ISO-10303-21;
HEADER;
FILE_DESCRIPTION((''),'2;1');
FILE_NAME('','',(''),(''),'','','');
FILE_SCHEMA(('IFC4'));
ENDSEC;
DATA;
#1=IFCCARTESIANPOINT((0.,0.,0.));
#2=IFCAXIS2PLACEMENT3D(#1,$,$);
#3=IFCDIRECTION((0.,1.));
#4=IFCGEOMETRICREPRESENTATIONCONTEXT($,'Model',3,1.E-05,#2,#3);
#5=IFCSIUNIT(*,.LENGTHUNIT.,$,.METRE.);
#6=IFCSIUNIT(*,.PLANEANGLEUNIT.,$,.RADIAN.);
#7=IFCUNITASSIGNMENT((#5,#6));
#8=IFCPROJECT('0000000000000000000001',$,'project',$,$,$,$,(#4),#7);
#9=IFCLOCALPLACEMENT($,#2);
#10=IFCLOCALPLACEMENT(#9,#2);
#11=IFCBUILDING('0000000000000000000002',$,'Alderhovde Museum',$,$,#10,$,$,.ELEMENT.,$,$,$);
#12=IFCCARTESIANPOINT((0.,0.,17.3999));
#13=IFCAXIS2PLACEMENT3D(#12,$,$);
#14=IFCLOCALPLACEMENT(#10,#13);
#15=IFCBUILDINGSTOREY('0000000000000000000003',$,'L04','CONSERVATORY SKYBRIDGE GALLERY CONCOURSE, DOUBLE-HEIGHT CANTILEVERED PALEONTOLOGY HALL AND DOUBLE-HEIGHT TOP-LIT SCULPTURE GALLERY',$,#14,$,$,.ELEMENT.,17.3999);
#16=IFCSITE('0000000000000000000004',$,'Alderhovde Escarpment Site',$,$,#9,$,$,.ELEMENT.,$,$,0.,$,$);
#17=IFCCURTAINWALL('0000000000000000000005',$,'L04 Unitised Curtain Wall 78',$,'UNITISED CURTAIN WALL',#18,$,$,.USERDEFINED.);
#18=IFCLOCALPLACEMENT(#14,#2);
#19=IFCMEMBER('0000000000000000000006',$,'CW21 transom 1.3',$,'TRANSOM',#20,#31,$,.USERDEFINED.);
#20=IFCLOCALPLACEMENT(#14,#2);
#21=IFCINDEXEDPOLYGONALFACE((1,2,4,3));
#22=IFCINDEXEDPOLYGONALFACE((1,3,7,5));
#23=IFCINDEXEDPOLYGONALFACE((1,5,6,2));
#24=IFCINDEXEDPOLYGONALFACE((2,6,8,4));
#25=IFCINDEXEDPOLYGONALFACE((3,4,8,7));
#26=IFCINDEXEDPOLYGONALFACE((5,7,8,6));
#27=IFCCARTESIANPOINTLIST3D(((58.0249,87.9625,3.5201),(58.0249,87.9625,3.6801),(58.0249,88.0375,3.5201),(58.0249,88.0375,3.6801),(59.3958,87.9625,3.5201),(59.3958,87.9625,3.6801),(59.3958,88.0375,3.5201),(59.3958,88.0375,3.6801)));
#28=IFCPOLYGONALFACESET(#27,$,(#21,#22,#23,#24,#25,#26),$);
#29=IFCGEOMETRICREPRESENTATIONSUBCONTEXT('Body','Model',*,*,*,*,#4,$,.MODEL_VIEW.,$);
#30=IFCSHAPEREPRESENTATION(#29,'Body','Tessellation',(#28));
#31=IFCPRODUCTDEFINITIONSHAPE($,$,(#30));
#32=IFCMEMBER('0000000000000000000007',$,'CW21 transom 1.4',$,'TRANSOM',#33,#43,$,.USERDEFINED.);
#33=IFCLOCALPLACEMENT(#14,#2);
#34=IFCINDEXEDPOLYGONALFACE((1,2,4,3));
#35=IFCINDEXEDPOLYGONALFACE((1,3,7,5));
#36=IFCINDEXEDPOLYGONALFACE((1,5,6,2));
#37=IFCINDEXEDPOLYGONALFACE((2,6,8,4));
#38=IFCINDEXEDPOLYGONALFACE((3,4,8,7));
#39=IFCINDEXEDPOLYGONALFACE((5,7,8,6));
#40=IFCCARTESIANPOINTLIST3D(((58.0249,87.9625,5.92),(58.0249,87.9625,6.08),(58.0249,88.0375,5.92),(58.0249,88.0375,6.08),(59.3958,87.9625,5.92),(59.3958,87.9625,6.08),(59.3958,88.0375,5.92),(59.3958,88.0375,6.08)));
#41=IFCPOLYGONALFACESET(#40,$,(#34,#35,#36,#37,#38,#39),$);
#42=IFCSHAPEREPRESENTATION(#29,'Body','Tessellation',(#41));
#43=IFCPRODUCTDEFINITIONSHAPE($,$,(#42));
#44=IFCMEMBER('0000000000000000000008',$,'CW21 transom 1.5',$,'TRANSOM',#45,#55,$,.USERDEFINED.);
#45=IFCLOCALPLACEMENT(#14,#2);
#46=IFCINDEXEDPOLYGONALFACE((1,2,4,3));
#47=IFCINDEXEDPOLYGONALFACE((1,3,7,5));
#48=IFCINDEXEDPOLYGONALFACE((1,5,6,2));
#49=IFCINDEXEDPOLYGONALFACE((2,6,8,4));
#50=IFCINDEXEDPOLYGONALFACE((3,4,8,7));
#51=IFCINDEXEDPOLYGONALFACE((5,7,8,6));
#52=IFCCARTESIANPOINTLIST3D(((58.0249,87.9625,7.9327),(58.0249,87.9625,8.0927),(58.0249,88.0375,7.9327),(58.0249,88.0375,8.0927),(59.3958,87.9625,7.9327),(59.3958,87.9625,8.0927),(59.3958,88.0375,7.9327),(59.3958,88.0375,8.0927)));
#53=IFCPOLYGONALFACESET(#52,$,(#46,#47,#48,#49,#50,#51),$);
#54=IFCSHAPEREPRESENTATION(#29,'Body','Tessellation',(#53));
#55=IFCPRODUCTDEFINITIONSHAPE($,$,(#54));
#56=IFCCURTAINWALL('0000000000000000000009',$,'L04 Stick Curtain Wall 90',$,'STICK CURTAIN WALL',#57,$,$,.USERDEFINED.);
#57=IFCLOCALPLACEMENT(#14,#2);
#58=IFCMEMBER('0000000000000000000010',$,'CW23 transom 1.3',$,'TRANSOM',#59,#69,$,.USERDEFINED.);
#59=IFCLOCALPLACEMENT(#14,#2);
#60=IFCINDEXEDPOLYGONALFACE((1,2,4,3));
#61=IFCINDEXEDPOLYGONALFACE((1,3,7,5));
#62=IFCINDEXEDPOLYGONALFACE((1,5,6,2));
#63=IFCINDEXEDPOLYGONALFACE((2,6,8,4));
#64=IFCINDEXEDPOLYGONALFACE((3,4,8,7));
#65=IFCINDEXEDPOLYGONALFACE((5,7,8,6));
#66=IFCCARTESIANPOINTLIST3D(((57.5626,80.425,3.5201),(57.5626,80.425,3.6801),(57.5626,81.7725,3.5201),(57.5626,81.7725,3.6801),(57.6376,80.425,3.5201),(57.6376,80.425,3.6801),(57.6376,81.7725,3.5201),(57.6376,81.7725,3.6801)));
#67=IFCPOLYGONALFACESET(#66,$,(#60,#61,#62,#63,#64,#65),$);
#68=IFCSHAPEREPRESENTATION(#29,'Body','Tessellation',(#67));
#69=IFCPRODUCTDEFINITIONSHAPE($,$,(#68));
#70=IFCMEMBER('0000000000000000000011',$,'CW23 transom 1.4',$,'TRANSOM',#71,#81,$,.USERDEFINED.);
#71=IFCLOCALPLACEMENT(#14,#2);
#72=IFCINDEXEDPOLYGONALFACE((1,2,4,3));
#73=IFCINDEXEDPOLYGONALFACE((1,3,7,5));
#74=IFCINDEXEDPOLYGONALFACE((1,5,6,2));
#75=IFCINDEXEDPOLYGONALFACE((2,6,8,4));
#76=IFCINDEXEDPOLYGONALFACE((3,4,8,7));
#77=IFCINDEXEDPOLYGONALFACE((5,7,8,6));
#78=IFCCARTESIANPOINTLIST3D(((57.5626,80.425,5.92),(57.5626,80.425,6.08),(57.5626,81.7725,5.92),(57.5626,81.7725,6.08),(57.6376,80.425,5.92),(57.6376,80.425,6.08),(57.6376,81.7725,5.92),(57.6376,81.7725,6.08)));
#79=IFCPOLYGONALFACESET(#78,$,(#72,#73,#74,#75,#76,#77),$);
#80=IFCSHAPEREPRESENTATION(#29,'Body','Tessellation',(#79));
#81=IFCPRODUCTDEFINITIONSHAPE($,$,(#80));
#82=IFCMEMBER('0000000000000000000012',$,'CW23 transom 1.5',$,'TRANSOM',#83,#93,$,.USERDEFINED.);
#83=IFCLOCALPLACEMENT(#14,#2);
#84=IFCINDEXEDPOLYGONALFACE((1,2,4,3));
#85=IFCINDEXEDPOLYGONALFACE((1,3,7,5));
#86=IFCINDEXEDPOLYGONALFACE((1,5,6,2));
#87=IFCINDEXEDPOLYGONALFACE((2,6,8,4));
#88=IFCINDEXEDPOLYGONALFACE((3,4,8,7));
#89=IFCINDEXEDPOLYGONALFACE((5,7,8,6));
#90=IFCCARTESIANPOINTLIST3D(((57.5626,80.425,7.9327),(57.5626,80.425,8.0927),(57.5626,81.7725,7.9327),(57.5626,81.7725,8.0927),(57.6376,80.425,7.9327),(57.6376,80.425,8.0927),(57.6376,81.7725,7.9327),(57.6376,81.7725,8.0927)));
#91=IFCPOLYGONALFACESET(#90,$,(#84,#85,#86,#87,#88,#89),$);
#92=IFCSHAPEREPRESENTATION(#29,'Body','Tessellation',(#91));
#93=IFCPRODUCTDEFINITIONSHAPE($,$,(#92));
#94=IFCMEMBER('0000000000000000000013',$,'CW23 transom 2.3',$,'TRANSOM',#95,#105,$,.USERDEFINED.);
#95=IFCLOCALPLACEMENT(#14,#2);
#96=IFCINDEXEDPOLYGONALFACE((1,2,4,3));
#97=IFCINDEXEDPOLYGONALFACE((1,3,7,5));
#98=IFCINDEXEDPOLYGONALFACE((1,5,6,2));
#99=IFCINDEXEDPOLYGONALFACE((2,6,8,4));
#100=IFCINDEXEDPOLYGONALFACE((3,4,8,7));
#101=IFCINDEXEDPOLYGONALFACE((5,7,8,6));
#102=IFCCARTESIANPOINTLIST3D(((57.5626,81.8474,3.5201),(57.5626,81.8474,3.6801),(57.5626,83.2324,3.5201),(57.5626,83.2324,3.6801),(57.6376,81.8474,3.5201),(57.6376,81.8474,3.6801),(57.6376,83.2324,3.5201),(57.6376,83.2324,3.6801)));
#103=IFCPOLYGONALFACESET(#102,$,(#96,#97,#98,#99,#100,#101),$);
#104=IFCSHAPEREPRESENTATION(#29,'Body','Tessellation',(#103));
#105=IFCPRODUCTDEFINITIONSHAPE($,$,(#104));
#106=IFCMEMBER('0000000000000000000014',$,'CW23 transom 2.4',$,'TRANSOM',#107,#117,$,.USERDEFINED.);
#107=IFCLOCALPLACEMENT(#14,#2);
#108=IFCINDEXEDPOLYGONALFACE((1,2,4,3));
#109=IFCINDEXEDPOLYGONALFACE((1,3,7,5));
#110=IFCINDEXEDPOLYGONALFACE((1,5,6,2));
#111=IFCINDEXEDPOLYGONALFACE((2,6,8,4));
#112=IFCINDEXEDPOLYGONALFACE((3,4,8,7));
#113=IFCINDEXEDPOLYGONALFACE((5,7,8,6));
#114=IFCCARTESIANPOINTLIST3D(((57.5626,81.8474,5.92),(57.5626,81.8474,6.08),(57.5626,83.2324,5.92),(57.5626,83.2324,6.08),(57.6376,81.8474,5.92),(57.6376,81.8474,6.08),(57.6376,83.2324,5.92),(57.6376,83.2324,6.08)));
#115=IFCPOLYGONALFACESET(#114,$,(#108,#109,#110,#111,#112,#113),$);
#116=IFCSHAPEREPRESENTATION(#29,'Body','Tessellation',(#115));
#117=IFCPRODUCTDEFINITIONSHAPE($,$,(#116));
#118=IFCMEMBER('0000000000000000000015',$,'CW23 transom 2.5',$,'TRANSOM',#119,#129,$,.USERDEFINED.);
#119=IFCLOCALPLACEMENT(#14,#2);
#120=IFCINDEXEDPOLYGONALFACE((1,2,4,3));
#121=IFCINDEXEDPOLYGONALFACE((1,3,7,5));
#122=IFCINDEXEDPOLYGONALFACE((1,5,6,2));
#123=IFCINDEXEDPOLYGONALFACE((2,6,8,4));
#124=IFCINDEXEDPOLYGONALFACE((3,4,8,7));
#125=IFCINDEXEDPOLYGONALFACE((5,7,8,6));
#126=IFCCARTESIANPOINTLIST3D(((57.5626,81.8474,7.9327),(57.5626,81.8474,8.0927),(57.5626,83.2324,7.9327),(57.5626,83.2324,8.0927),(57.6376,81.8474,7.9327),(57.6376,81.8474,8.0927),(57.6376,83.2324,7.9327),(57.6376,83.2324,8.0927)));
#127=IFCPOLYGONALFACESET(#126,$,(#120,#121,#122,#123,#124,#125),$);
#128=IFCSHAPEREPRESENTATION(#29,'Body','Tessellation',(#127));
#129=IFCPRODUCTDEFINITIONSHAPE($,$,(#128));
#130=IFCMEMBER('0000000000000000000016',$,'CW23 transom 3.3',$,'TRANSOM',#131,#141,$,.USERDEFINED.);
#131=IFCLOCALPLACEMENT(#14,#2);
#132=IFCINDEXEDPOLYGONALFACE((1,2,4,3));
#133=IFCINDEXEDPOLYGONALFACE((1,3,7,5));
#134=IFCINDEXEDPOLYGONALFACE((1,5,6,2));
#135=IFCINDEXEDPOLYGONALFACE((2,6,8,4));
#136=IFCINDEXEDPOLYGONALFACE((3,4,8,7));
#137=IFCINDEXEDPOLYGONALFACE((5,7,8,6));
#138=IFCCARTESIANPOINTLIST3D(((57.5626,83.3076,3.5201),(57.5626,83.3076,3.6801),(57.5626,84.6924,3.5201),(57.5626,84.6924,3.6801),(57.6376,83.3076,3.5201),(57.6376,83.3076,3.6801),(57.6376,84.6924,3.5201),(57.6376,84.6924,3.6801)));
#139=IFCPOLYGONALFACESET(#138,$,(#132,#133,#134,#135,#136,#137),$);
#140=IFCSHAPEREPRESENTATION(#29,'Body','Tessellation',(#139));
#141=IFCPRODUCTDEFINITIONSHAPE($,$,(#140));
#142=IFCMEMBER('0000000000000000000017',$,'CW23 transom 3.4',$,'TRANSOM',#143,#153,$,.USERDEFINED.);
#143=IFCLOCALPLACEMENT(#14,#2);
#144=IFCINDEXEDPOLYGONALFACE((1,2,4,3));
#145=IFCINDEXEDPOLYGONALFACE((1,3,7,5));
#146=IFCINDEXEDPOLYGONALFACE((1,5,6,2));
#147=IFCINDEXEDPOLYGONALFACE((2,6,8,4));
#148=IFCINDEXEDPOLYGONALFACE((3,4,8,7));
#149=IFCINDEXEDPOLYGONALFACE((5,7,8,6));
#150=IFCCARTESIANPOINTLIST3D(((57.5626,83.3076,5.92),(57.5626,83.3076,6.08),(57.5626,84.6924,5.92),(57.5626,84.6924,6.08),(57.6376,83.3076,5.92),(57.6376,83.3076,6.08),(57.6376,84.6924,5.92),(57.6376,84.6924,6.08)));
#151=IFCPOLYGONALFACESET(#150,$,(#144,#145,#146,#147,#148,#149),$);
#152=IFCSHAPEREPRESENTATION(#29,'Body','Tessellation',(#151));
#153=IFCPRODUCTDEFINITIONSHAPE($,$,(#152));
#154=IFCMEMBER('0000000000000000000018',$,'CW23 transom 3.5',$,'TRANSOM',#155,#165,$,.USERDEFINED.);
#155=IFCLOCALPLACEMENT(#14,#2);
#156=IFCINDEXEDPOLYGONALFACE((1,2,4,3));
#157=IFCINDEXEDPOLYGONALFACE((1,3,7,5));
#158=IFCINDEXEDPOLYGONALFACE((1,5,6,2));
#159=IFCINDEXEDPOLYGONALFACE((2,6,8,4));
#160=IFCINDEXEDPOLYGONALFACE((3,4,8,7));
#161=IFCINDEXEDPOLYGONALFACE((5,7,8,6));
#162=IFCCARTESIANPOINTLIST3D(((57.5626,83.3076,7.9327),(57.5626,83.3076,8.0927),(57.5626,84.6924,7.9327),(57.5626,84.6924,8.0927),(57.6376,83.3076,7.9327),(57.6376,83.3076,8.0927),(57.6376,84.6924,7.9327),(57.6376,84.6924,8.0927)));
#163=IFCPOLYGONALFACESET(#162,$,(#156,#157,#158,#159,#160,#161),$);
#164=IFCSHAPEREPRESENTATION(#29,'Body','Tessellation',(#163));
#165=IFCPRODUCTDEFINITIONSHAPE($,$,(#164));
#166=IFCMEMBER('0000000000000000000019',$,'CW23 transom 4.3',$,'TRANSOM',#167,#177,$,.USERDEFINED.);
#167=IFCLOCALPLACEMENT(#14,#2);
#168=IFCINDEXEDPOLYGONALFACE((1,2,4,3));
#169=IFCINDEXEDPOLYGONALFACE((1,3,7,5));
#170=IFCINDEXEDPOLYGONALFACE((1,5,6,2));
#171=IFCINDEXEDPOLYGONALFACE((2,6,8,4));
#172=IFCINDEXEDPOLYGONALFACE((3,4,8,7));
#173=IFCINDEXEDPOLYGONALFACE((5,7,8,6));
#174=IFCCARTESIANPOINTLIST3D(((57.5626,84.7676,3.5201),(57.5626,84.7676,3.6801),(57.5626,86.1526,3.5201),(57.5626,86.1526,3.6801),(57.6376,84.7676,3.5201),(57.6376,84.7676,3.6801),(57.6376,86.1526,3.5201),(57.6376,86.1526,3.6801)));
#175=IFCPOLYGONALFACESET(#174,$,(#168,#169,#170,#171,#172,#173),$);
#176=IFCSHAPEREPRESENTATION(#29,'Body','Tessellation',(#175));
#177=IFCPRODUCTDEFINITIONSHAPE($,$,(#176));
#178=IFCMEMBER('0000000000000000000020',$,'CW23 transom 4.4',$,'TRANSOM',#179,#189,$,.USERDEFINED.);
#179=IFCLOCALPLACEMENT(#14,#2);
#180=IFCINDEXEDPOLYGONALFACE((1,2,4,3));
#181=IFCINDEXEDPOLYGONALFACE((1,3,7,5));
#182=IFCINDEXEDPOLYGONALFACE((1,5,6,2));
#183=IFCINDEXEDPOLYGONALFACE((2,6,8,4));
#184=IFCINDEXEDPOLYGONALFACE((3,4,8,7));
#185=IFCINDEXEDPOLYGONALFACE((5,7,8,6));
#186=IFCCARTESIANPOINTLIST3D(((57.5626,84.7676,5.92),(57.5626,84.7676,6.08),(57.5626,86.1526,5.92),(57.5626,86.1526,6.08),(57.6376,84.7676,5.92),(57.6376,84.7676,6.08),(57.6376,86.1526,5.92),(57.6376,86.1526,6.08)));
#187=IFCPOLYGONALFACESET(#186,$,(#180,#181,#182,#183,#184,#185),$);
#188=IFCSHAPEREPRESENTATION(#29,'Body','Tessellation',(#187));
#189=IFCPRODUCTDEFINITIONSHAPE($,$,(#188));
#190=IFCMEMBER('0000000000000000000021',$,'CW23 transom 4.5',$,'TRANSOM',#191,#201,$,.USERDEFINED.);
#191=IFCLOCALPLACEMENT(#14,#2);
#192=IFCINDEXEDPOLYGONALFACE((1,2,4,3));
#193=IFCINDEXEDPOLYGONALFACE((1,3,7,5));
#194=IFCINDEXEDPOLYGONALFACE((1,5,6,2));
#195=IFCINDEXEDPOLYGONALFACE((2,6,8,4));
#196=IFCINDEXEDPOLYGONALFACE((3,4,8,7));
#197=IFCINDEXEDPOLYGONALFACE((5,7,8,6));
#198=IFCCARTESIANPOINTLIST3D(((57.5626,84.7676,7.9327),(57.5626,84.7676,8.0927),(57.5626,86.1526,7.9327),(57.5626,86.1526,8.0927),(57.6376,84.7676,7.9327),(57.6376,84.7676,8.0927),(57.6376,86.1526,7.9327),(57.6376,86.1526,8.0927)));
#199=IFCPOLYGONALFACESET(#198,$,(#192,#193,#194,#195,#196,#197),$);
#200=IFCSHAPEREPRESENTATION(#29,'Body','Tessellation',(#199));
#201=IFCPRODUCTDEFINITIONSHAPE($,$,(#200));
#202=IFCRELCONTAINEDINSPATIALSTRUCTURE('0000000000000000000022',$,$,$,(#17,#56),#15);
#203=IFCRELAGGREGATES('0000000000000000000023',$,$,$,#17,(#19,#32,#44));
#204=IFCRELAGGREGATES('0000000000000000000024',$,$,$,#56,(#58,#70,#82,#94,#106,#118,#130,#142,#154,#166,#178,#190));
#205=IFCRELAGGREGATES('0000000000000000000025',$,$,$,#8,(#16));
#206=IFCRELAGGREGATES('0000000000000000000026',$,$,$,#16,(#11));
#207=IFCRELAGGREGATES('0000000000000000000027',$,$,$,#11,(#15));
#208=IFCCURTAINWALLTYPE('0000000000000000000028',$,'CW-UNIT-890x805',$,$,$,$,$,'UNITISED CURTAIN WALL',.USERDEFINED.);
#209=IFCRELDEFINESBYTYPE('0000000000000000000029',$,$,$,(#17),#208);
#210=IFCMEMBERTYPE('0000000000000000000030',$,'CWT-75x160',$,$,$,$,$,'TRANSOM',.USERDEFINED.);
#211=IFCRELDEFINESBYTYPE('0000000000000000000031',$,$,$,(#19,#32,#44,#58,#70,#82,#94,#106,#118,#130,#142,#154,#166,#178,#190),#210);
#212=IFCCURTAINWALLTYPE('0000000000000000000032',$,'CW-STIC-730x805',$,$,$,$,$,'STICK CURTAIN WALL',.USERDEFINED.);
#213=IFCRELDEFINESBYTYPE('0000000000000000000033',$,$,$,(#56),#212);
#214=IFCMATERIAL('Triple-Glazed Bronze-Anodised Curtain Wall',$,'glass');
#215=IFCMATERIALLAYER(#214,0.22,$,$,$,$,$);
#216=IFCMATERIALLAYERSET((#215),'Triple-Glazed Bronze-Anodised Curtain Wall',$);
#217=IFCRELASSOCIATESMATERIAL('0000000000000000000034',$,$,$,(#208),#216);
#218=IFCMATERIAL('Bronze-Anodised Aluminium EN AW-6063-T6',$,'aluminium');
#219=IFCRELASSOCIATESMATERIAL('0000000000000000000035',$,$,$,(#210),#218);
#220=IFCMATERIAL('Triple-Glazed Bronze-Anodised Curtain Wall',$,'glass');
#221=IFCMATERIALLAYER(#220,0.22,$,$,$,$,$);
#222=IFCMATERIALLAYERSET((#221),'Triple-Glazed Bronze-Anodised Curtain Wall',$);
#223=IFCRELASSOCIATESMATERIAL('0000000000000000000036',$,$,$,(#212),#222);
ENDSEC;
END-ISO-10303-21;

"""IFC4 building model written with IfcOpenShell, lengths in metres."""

from ifc_helpers import new_model, si_unit, direction, frame, origin, origin_2d, place, context, subcontext, project, spatial, rectangle, extrude, material, layer, layer_set, material_profile, profile_set, type_object, element, aggregate, save


model = new_model("IFC4")

# Units and contexts
model_context = context("Model", 3, precision=1e-05, world=origin(), true_north=direction((0.0, 1.0)))
body_context = subcontext(model_context, "Body", "Model", "MODEL_VIEW")
ifc_project = project(units=[si_unit("LENGTHUNIT", "METRE"), si_unit("PLANEANGLEUNIT", "RADIAN")], contexts=[model_context])

# Site, building, storey
site_placement = place(None, origin())
site = spatial("IfcSite", under=ifc_project, at=site_placement, Name="Alderhovde Escarpment Site", CompositionType="ELEMENT", RefElevation=0.0)
building_placement = place(site_placement, origin())
building = spatial("IfcBuilding", under=site, at=building_placement, Name="Alderhovde Museum", CompositionType="ELEMENT")
storey_placement = place(building_placement, frame((0.0, 0.0, 17.3999)))
storey = spatial("IfcBuildingStorey", under=building, at=storey_placement, Name="L04", Description="CONSERVATORY SKYBRIDGE GALLERY CONCOURSE, DOUBLE-HEIGHT CANTILEVERED PALEONTOLOGY HALL AND DOUBLE-HEIGHT TOP-LIT SCULPTURE GALLERY", CompositionType="ELEMENT", Elevation=17.3999)

# Curtain walls, members
ifc_material_1 = material(Name="Triple-Glazed Bronze-Anodised Curtain Wall", Category="glass")
ifc_layer_1 = layer(ifc_material_1, 0.22)
ifc_layer_set_1 = layer_set([ifc_layer_1], Name="Triple-Glazed Bronze-Anodised Curtain Wall")
curtain_wall_type_1 = type_object("IfcCurtainWallType", Name="CW-UNIT-890x805", ElementType="UNITISED CURTAIN WALL", PredefinedType="USERDEFINED", material=ifc_layer_set_1)
curtain_wall_1_placement = place(storey_placement, origin())
curtain_wall_1 = element("IfcCurtainWall", 1, at=curtain_wall_1_placement, inside=storey, type_object=curtain_wall_type_1, Name="L04 Unitised Curtain Wall 78", ObjectType="UNITISED CURTAIN WALL", PredefinedType="USERDEFINED")
ifc_material_2 = material(Name="Bronze-Anodised Aluminium EN AW-6063-T6", Category="aluminium")
ifc_material_profile = material_profile(ifc_material_2, rectangle(XDim=0.075, YDim=0.1599, at=origin_2d()), Name="TRANSOM 75x160")
ifc_profile_set = profile_set([ifc_material_profile], Name="Bronze-Anodised Aluminium EN AW-6063-T6")
member_type = type_object("IfcMemberType", Name="CWT-75x160", ElementType="TRANSOM", PredefinedType="USERDEFINED", material=ifc_profile_set)
member_1_placement = place(storey_placement, frame((58.0249, 88.0, 3.6001), z_axis=(1.0, 0.0, 0.0), x_axis=(0.0, 1.0, 0.0)))
member_1 = element("IfcMember", 2, at=member_1_placement, type_object=member_type, Name="CW21 transom 1.3", ObjectType="TRANSOM", PredefinedType="USERDEFINED", context=body_context, shape_type="SweptSolid", body=[
    extrude(rectangle(XDim=0.075, YDim=0.1599, at=origin_2d()), origin(), (0.0, 0.0, 1.0), 1.3708),
])
member_2_placement = place(storey_placement, frame((58.0249, 88.0, 6.0), z_axis=(1.0, 0.0, 0.0), x_axis=(0.0, 1.0, 0.0)))
member_2 = element("IfcMember", 3, at=member_2_placement, type_object=member_type, Name="CW21 transom 1.4", ObjectType="TRANSOM", PredefinedType="USERDEFINED", context=body_context, shape_type="SweptSolid", body=[
    extrude(rectangle(XDim=0.075, YDim=0.1599, at=origin_2d()), origin(), (0.0, 0.0, 1.0), 1.3708),
])
member_3_placement = place(storey_placement, frame((58.0249, 88.0, 8.0127), z_axis=(1.0, 0.0, 0.0), x_axis=(0.0, 1.0, 0.0)))
member_3 = element("IfcMember", 4, at=member_3_placement, type_object=member_type, Name="CW21 transom 1.5", ObjectType="TRANSOM", PredefinedType="USERDEFINED", context=body_context, shape_type="SweptSolid", body=[
    extrude(rectangle(XDim=0.075, YDim=0.1599, at=origin_2d()), origin(), (0.0, 0.0, 1.0), 1.3708),
])
ifc_material_3 = material(Name="Triple-Glazed Bronze-Anodised Curtain Wall", Category="glass")
ifc_layer_2 = layer(ifc_material_3, 0.22)
ifc_layer_set_2 = layer_set([ifc_layer_2], Name="Triple-Glazed Bronze-Anodised Curtain Wall")
curtain_wall_type_2 = type_object("IfcCurtainWallType", Name="CW-STIC-730x805", ElementType="STICK CURTAIN WALL", PredefinedType="USERDEFINED", material=ifc_layer_set_2)
curtain_wall_2_placement = place(storey_placement, origin())
curtain_wall_2 = element("IfcCurtainWall", 5, at=curtain_wall_2_placement, inside=storey, type_object=curtain_wall_type_2, Name="L04 Stick Curtain Wall 90", ObjectType="STICK CURTAIN WALL", PredefinedType="USERDEFINED")
member_4_placement = place(storey_placement, frame((57.6001, 80.425, 3.6001), z_axis=(0.0, 1.0, 0.0), x_axis=(-1.0, 0.0, 0.0)))
member_4 = element("IfcMember", 6, at=member_4_placement, type_object=member_type, Name="CW23 transom 1.3", ObjectType="TRANSOM", PredefinedType="USERDEFINED", context=body_context, shape_type="SweptSolid", body=[
    extrude(rectangle(XDim=0.075, YDim=0.1599, at=origin_2d()), origin(), (0.0, 0.0, 1.0), 1.3474),
])
member_5_placement = place(storey_placement, frame((57.6001, 80.425, 6.0), z_axis=(0.0, 1.0, 0.0), x_axis=(-1.0, 0.0, 0.0)))
member_5 = element("IfcMember", 7, at=member_5_placement, type_object=member_type, Name="CW23 transom 1.4", ObjectType="TRANSOM", PredefinedType="USERDEFINED", context=body_context, shape_type="SweptSolid", body=[
    extrude(rectangle(XDim=0.075, YDim=0.1599, at=origin_2d()), origin(), (0.0, 0.0, 1.0), 1.3474),
])
member_6_placement = place(storey_placement, frame((57.6001, 80.425, 8.0127), z_axis=(0.0, 1.0, 0.0), x_axis=(-1.0, 0.0, 0.0)))
member_6 = element("IfcMember", 8, at=member_6_placement, type_object=member_type, Name="CW23 transom 1.5", ObjectType="TRANSOM", PredefinedType="USERDEFINED", context=body_context, shape_type="SweptSolid", body=[
    extrude(rectangle(XDim=0.075, YDim=0.1599, at=origin_2d()), origin(), (0.0, 0.0, 1.0), 1.3474),
])
member_7_placement = place(storey_placement, frame((57.6001, 81.8474, 3.6001), z_axis=(0.0, 1.0, 0.0), x_axis=(-1.0, 0.0, 0.0)))
member_7 = element("IfcMember", 9, at=member_7_placement, type_object=member_type, Name="CW23 transom 2.3", ObjectType="TRANSOM", PredefinedType="USERDEFINED", context=body_context, shape_type="SweptSolid", body=[
    extrude(rectangle(XDim=0.075, YDim=0.1599, at=origin_2d()), origin(), (0.0, 0.0, 1.0), 1.385),
])
member_8_placement = place(storey_placement, frame((57.6001, 81.8474, 6.0), z_axis=(0.0, 1.0, 0.0), x_axis=(-1.0, 0.0, 0.0)))
member_8 = element("IfcMember", 10, at=member_8_placement, type_object=member_type, Name="CW23 transom 2.4", ObjectType="TRANSOM", PredefinedType="USERDEFINED", context=body_context, shape_type="SweptSolid", body=[
    extrude(rectangle(XDim=0.075, YDim=0.1599, at=origin_2d()), origin(), (0.0, 0.0, 1.0), 1.385),
])
member_9_placement = place(storey_placement, frame((57.6001, 81.8474, 8.0127), z_axis=(0.0, 1.0, 0.0), x_axis=(-1.0, 0.0, 0.0)))
member_9 = element("IfcMember", 11, at=member_9_placement, type_object=member_type, Name="CW23 transom 2.5", ObjectType="TRANSOM", PredefinedType="USERDEFINED", context=body_context, shape_type="SweptSolid", body=[
    extrude(rectangle(XDim=0.075, YDim=0.1599, at=origin_2d()), origin(), (0.0, 0.0, 1.0), 1.385),
])
member_10_placement = place(storey_placement, frame((57.6001, 83.3076, 3.6001), z_axis=(0.0, 1.0, 0.0), x_axis=(-1.0, 0.0, 0.0)))
member_10 = element("IfcMember", 12, at=member_10_placement, type_object=member_type, Name="CW23 transom 3.3", ObjectType="TRANSOM", PredefinedType="USERDEFINED", context=body_context, shape_type="SweptSolid", body=[
    extrude(rectangle(XDim=0.075, YDim=0.1599, at=origin_2d()), origin(), (0.0, 0.0, 1.0), 1.3848),
])
member_11_placement = place(storey_placement, frame((57.6001, 83.3076, 6.0), z_axis=(0.0, 1.0, 0.0), x_axis=(-1.0, 0.0, 0.0)))
member_11 = element("IfcMember", 13, at=member_11_placement, type_object=member_type, Name="CW23 transom 3.4", ObjectType="TRANSOM", PredefinedType="USERDEFINED", context=body_context, shape_type="SweptSolid", body=[
    extrude(rectangle(XDim=0.075, YDim=0.1599, at=origin_2d()), origin(), (0.0, 0.0, 1.0), 1.3848),
])
member_12_placement = place(storey_placement, frame((57.6001, 83.3076, 8.0127), z_axis=(0.0, 1.0, 0.0), x_axis=(-1.0, 0.0, 0.0)))
member_12 = element("IfcMember", 14, at=member_12_placement, type_object=member_type, Name="CW23 transom 3.5", ObjectType="TRANSOM", PredefinedType="USERDEFINED", context=body_context, shape_type="SweptSolid", body=[
    extrude(rectangle(XDim=0.075, YDim=0.1599, at=origin_2d()), origin(), (0.0, 0.0, 1.0), 1.3848),
])
member_13_placement = place(storey_placement, frame((57.6001, 84.7676, 3.6001), z_axis=(0.0, 1.0, 0.0), x_axis=(-1.0, 0.0, 0.0)))
member_13 = element("IfcMember", 15, at=member_13_placement, type_object=member_type, Name="CW23 transom 4.3", ObjectType="TRANSOM", PredefinedType="USERDEFINED", context=body_context, shape_type="SweptSolid", body=[
    extrude(rectangle(XDim=0.075, YDim=0.1599, at=origin_2d()), origin(), (0.0, 0.0, 1.0), 1.385),
])
member_14_placement = place(storey_placement, frame((57.6001, 84.7676, 6.0), z_axis=(0.0, 1.0, 0.0), x_axis=(-1.0, 0.0, 0.0)))
member_14 = element("IfcMember", 16, at=member_14_placement, type_object=member_type, Name="CW23 transom 4.4", ObjectType="TRANSOM", PredefinedType="USERDEFINED", context=body_context, shape_type="SweptSolid", body=[
    extrude(rectangle(XDim=0.075, YDim=0.1599, at=origin_2d()), origin(), (0.0, 0.0, 1.0), 1.385),
])
member_15_placement = place(storey_placement, frame((57.6001, 84.7676, 8.0127), z_axis=(0.0, 1.0, 0.0), x_axis=(-1.0, 0.0, 0.0)))
member_15 = element("IfcMember", 17, at=member_15_placement, type_object=member_type, Name="CW23 transom 4.5", ObjectType="TRANSOM", PredefinedType="USERDEFINED", context=body_context, shape_type="SweptSolid", body=[
    extrude(rectangle(XDim=0.075, YDim=0.1599, at=origin_2d()), origin(), (0.0, 0.0, 1.0), 1.385),
])

aggregate(curtain_wall_1, [member_1, member_2, member_3])
aggregate(curtain_wall_2, [member_4, member_5, member_6, member_7, member_8, member_9, member_10, member_11, member_12, member_13, member_14, member_15])

save(model, "model.ifc")
